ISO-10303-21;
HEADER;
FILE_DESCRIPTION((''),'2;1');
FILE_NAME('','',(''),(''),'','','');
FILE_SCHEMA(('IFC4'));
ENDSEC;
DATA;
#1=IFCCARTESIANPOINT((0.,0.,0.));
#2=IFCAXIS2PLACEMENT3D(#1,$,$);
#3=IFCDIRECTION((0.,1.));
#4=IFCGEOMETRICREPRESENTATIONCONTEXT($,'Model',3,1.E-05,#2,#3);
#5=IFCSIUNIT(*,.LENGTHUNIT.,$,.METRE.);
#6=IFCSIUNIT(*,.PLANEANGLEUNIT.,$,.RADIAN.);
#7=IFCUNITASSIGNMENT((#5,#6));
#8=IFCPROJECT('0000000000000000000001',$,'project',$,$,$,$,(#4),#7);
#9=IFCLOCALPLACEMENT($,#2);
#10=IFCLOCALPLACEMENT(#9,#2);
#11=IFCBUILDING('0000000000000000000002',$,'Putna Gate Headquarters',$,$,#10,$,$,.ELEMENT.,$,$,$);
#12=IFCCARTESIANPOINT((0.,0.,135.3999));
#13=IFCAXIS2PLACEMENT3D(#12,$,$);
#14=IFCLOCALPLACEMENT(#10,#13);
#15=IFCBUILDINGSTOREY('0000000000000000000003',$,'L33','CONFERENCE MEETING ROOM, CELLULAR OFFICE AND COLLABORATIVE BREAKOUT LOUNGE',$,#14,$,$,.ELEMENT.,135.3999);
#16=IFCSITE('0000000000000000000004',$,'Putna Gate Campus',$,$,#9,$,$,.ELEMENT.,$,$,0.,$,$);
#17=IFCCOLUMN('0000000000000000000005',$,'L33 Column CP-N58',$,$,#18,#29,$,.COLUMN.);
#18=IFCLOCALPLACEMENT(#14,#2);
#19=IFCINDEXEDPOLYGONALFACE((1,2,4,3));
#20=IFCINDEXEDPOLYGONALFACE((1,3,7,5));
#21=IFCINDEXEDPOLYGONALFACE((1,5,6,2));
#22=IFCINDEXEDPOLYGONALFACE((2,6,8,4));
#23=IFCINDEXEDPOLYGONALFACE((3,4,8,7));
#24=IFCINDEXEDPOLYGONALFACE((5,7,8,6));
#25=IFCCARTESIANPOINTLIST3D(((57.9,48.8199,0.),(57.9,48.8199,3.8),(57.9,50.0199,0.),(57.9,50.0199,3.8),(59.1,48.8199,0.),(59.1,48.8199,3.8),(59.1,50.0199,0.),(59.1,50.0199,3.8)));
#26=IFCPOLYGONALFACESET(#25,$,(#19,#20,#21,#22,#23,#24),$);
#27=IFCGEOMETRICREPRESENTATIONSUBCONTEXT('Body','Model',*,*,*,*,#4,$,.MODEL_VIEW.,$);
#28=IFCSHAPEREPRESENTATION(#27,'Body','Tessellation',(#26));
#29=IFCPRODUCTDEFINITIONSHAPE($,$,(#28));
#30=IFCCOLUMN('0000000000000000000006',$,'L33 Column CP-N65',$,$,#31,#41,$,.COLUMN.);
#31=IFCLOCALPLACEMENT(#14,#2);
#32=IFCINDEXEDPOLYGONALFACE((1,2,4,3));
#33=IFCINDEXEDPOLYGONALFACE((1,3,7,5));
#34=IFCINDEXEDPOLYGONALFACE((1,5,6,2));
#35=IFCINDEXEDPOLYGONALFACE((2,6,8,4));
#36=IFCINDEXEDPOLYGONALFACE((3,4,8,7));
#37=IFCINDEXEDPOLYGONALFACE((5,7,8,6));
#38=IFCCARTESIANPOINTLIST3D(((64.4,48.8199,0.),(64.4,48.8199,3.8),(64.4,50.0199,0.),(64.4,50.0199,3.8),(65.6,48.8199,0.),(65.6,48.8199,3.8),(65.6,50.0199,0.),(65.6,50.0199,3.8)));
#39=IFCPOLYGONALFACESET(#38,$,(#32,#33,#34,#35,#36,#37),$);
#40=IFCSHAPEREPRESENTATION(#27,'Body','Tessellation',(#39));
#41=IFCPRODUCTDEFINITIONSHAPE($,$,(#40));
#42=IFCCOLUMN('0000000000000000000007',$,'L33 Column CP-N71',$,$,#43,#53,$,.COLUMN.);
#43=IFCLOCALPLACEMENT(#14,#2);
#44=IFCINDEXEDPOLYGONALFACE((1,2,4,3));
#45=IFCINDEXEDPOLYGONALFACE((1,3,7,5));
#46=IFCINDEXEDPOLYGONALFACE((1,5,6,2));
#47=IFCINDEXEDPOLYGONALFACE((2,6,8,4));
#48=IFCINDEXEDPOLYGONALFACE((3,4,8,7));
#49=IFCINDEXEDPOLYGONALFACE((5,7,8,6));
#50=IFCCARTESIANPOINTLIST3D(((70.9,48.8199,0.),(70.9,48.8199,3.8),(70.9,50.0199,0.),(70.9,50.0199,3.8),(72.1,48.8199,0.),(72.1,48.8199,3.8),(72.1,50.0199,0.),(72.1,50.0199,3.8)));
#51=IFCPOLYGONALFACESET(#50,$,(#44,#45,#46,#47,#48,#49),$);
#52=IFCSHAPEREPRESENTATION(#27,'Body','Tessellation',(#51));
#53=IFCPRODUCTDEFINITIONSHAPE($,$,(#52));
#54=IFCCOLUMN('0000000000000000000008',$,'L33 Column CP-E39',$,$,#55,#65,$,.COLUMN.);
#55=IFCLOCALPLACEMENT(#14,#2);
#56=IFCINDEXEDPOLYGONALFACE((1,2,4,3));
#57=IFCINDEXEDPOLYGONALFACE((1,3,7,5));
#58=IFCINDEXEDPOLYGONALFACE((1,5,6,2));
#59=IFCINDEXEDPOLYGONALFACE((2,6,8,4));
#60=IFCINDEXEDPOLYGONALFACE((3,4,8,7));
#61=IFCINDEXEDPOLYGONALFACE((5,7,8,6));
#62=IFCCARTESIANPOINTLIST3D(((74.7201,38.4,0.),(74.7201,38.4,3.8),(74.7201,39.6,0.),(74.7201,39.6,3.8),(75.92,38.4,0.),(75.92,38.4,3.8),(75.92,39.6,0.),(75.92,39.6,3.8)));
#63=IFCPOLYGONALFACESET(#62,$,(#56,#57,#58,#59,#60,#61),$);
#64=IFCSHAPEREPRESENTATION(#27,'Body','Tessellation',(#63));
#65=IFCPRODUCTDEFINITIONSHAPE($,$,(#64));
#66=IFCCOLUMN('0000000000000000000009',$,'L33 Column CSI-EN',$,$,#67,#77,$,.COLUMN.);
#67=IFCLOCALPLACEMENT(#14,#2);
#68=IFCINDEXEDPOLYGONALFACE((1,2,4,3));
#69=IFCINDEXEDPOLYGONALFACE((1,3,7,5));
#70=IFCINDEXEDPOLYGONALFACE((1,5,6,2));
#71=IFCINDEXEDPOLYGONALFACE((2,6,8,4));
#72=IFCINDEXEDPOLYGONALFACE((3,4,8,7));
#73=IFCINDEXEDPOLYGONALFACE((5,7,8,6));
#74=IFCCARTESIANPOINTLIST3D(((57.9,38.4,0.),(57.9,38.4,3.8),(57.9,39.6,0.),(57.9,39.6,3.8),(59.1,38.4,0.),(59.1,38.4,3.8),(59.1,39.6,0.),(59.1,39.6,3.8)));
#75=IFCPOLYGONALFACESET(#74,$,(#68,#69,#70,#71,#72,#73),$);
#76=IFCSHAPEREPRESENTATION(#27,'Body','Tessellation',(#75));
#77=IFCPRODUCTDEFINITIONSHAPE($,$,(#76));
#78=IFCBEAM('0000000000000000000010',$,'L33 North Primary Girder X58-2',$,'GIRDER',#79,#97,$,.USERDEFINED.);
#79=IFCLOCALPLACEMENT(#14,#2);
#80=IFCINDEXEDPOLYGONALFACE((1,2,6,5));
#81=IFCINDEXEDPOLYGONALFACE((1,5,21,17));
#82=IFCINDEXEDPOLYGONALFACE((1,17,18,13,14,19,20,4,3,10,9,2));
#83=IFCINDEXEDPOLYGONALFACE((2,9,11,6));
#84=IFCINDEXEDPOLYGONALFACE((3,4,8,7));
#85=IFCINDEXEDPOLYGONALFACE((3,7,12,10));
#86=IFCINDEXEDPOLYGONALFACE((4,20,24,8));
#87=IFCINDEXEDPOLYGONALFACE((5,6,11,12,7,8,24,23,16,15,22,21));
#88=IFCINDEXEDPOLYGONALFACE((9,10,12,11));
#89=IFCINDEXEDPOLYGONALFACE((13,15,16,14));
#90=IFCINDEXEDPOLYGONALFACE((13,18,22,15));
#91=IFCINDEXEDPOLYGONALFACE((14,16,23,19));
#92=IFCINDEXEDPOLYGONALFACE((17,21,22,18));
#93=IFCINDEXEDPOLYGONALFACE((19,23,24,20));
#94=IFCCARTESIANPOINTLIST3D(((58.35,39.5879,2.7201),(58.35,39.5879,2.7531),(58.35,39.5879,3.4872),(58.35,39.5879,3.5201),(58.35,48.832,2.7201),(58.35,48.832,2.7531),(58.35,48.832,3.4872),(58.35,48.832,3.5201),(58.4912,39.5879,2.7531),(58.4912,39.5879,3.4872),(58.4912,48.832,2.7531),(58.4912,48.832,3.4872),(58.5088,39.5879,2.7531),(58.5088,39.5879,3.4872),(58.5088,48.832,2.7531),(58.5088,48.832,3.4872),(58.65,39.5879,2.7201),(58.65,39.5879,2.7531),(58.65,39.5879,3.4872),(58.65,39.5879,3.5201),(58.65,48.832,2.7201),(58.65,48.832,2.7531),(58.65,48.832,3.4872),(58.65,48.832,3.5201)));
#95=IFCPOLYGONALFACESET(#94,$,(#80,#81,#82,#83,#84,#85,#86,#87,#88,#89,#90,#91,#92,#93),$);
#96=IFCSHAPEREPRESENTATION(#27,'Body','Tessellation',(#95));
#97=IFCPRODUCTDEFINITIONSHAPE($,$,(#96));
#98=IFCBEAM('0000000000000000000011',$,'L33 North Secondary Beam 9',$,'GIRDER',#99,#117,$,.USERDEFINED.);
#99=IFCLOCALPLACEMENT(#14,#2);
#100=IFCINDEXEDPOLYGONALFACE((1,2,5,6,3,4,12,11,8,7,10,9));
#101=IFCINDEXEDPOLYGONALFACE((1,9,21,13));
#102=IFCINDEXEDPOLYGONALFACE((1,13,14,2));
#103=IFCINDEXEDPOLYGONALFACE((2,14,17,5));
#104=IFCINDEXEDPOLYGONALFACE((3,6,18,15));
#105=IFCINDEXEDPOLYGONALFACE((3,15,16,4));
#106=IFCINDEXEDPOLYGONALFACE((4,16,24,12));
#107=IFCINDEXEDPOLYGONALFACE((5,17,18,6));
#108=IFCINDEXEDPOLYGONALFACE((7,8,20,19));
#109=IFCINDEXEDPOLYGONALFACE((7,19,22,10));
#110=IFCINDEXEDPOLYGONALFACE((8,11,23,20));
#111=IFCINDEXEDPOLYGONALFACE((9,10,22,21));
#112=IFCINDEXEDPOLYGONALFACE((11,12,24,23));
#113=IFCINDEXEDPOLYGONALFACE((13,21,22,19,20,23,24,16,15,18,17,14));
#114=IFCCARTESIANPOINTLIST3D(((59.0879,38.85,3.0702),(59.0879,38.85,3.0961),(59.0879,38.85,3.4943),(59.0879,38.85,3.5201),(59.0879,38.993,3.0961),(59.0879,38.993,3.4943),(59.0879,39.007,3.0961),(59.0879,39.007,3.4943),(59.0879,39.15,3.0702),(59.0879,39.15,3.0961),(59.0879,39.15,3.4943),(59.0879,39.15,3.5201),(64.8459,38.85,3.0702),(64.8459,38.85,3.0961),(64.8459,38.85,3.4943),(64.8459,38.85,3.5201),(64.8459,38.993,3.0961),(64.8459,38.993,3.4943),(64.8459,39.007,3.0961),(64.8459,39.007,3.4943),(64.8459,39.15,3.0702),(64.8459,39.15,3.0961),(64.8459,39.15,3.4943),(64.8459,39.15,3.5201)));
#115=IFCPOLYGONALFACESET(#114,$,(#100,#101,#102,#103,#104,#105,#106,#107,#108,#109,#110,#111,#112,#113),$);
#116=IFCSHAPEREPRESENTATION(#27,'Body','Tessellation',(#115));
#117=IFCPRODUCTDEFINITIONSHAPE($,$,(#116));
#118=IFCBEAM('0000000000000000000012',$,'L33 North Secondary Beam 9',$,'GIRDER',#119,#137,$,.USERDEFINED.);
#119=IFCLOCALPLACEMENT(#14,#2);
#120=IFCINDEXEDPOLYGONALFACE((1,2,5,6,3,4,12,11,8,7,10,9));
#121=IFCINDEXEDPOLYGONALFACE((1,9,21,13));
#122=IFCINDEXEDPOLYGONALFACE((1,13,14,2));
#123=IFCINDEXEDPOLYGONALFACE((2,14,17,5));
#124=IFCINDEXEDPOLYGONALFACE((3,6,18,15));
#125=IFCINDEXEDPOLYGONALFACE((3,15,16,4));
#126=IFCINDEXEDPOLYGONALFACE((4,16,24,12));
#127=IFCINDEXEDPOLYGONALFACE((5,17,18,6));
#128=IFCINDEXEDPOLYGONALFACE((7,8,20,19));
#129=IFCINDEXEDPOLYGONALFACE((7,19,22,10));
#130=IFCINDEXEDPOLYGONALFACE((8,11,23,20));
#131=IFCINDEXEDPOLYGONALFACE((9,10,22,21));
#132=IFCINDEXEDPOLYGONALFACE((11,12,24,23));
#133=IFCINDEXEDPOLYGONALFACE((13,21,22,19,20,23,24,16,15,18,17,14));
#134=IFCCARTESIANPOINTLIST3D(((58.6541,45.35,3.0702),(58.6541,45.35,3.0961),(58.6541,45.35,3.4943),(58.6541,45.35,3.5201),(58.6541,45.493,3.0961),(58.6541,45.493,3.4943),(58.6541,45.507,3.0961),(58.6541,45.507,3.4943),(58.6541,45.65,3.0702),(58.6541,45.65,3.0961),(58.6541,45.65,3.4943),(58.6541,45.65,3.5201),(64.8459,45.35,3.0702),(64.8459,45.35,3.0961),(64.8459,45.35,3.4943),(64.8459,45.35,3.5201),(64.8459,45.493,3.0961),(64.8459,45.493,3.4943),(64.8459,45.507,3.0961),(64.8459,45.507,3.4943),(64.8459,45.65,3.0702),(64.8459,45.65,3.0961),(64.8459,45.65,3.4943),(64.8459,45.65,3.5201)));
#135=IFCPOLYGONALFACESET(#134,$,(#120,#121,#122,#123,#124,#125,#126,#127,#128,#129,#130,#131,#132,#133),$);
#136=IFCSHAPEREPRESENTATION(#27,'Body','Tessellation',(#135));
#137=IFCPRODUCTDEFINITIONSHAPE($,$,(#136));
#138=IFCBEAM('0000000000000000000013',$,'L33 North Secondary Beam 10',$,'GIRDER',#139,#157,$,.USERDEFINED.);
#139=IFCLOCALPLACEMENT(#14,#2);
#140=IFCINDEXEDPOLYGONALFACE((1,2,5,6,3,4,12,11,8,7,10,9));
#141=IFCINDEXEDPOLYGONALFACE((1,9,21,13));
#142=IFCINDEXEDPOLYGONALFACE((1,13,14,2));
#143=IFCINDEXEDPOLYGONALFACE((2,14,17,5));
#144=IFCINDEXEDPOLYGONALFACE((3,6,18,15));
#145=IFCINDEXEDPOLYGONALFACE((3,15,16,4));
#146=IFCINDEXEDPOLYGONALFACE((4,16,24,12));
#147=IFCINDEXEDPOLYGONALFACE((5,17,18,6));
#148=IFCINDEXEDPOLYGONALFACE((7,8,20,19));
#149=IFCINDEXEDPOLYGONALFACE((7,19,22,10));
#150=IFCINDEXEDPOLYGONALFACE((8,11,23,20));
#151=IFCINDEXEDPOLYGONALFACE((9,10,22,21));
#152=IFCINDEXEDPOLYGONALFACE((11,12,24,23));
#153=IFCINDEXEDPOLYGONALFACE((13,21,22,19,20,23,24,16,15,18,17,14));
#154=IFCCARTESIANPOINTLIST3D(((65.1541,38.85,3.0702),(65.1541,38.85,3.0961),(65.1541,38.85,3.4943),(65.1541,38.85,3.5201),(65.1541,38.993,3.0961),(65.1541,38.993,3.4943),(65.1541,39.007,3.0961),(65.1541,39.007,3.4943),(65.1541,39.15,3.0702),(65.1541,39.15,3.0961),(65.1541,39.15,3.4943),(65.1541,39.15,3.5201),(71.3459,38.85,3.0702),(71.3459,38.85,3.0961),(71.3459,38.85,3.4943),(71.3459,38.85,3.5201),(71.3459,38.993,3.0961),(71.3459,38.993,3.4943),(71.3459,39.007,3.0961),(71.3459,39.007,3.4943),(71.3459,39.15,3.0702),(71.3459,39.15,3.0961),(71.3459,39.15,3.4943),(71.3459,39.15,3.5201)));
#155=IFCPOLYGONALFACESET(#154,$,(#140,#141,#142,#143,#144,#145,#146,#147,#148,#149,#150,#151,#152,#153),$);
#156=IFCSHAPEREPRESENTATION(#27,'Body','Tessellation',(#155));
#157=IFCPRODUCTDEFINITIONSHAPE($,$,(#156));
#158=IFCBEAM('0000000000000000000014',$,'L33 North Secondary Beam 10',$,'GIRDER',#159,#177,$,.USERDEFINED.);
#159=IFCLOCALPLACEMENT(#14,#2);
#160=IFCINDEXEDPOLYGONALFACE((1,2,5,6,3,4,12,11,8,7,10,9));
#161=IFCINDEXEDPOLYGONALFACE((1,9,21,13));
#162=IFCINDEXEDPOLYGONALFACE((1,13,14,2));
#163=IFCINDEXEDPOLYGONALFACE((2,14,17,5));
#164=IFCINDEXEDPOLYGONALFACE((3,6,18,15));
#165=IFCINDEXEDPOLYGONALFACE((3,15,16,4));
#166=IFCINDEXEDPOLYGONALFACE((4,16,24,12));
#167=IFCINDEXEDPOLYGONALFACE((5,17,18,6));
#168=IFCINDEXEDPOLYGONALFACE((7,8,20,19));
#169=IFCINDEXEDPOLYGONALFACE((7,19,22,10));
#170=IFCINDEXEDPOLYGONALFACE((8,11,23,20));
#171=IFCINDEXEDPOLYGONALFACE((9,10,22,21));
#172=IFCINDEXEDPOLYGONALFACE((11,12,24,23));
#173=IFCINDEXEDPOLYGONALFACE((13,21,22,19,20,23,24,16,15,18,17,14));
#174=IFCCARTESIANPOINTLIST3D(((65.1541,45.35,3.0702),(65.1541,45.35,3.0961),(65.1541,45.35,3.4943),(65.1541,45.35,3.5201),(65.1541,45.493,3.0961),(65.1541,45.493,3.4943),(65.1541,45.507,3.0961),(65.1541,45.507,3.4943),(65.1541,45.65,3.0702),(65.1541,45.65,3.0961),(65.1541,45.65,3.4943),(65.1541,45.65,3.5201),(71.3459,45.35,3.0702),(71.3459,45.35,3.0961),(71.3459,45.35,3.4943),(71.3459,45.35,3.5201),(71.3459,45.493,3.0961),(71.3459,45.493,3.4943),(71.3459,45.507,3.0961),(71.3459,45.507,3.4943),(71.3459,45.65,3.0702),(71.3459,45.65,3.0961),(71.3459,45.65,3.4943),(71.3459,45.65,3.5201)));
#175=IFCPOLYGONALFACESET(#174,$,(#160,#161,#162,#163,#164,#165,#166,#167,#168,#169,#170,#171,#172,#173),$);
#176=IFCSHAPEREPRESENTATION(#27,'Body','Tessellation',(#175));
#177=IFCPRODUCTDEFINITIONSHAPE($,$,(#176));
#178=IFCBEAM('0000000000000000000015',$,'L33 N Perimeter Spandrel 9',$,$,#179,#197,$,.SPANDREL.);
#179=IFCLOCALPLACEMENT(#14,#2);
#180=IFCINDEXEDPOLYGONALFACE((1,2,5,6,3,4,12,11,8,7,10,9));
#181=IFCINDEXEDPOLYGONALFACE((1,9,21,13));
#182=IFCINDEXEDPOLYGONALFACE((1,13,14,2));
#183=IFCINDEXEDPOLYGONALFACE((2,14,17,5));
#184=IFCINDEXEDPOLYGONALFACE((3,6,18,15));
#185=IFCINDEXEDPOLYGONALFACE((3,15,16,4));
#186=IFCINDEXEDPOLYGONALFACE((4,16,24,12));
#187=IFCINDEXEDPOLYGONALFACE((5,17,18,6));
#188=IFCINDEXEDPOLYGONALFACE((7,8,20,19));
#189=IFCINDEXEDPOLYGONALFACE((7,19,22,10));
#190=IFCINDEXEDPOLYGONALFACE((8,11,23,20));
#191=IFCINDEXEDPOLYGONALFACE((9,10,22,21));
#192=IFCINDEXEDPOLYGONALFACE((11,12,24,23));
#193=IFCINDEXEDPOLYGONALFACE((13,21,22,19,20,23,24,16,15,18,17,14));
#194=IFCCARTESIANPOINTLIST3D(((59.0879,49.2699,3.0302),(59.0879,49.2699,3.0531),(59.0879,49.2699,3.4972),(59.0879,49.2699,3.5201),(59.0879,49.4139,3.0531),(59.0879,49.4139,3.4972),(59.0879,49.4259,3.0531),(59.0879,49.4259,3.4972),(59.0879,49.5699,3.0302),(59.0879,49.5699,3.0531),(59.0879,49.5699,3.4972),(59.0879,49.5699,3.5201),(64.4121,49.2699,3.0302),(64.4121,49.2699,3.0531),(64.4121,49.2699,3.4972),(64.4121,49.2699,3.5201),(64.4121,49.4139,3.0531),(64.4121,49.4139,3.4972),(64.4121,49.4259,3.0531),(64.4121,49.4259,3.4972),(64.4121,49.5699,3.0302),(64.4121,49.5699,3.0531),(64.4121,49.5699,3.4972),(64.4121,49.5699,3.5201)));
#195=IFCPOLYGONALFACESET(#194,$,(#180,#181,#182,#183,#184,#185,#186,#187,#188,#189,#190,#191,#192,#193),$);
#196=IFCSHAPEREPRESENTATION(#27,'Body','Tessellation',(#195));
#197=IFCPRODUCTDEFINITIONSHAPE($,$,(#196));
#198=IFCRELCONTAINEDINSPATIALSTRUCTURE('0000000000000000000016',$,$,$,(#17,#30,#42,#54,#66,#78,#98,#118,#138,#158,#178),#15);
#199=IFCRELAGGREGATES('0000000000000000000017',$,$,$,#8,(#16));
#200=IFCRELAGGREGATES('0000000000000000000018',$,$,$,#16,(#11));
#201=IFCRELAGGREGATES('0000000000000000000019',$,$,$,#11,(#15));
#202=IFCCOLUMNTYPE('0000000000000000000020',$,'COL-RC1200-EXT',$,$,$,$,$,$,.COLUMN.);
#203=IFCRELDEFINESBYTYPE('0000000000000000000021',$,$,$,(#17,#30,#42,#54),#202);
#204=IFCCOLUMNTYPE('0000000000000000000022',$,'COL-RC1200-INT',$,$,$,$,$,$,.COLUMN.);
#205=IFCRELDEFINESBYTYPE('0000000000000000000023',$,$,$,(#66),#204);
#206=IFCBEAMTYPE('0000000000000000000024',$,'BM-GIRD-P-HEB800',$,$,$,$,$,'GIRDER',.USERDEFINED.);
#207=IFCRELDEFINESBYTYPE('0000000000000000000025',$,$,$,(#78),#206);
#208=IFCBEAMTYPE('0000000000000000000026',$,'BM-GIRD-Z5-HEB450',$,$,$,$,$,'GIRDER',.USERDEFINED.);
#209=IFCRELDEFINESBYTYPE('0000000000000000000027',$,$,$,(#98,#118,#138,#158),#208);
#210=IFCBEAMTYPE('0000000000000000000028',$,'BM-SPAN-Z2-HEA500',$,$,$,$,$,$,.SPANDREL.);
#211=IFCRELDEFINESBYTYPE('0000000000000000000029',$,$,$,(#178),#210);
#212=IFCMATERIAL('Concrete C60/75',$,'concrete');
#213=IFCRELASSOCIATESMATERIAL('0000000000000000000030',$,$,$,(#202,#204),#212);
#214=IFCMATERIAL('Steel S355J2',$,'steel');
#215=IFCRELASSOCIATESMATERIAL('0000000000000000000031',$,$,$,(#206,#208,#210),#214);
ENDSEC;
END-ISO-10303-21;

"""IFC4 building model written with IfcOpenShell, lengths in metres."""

from ifc_helpers import new_model, si_unit, direction, frame, origin, origin_2d, place, context, subcontext, project, spatial, rectangle, i_section, extrude, material, material_profile, profile_set, type_object, element, save


model = new_model("IFC4")

# Units and contexts
model_context = context("Model", 3, precision=1e-05, world=origin(), true_north=direction((0.0, 1.0)))
body_context = subcontext(model_context, "Body", "Model", "MODEL_VIEW")
ifc_project = project(units=[si_unit("LENGTHUNIT", "METRE"), si_unit("PLANEANGLEUNIT", "RADIAN")], contexts=[model_context])

# Site, building, storey
site_placement = place(None, origin())
site = spatial("IfcSite", under=ifc_project, at=site_placement, Name="Putna Gate Campus", CompositionType="ELEMENT", RefElevation=0.0)
building_placement = place(site_placement, origin())
building = spatial("IfcBuilding", under=site, at=building_placement, Name="Putna Gate Headquarters", CompositionType="ELEMENT")
storey_placement = place(building_placement, frame((0.0, 0.0, 135.3999)))
storey = spatial("IfcBuildingStorey", under=building, at=storey_placement, Name="L33", Description="CONFERENCE MEETING ROOM, CELLULAR OFFICE AND COLLABORATIVE BREAKOUT LOUNGE", CompositionType="ELEMENT", Elevation=135.3999)

# Columns
ifc_material_1 = material(Name="Concrete C60/75", Category="concrete")
ifc_material_profile_1 = material_profile(ifc_material_1, rectangle(XDim=1.2, YDim=1.2, at=origin_2d()), Name="Concrete C60/75")
ifc_profile_set_1 = profile_set([ifc_material_profile_1], Name="Concrete C60/75")
column_type_1 = type_object("IfcColumnType", Name="COL-RC1200-EXT", PredefinedType="COLUMN", material=ifc_profile_set_1)
for number, where, z_axis, x_axis, name in (
    (1, (58.5, 49.4199, 0.0), (0.0, 0.0, 1.0), (1.0, 0.0, 0.0), "L33 Column CP-N58"),
    (2, (65.0, 49.4199, 0.0), (0.0, 0.0, 1.0), (1.0, 0.0, 0.0), "L33 Column CP-N65"),
    (3, (71.5, 49.4199, 0.0), (0.0, 0.0, 1.0), (1.0, 0.0, 0.0), "L33 Column CP-N71"),
    (4, (75.3201, 39.0, 0.0), (0.0, 0.0, 1.0), (1.0, 0.0, 0.0), "L33 Column CP-E39"),
):
    element("IfcColumn", number, at=place(storey_placement, frame(where, z_axis=z_axis, x_axis=x_axis)), inside=storey, type_object=column_type_1, Name=name, PredefinedType="COLUMN", context=body_context, shape_type="SweptSolid", body=[
        extrude(rectangle(XDim=1.2, YDim=1.2, at=origin_2d()), origin(), (0.0, 0.0, 1.0), 3.8),
    ])
ifc_material_profile_2 = material_profile(ifc_material_1, rectangle(XDim=1.2, YDim=1.2, at=origin_2d()), Name="Concrete C60/75")
ifc_profile_set_2 = profile_set([ifc_material_profile_2], Name="Concrete C60/75")
column_type_2 = type_object("IfcColumnType", Name="COL-RC1200-INT", PredefinedType="COLUMN", material=ifc_profile_set_2)
column_placement = place(storey_placement, frame((58.5, 39.0, 0.0), z_axis=(0.0, 0.0, 1.0), x_axis=(1.0, 0.0, 0.0)))
element("IfcColumn", 5, at=column_placement, inside=storey, type_object=column_type_2, Name="L33 Column CSI-EN", PredefinedType="COLUMN", context=body_context, shape_type="SweptSolid", body=[
    extrude(rectangle(XDim=1.2, YDim=1.2, at=origin_2d()), origin(), (0.0, 0.0, 1.0), 3.8),
])

# Beams
ifc_material_2 = material(Name="Steel S355J2", Category="steel")
ifc_material_profile_3 = material_profile(ifc_material_2, i_section(OverallWidth=0.3, OverallDepth=0.8, WebThickness=0.0176, FlangeThickness=0.033, at=origin_2d()), Name="Steel S355J2")
ifc_profile_set_3 = profile_set([ifc_material_profile_3], Name="Steel S355J2")
beam_type_1 = type_object("IfcBeamType", Name="BM-GIRD-P-HEB800", ElementType="GIRDER", PredefinedType="USERDEFINED", material=ifc_profile_set_3)
beam_1_placement = place(storey_placement, frame((58.5, 39.5879, 3.1201), z_axis=(0.0, 1.0, 0.0), x_axis=(-1.0, 0.0, 0.0)))
element("IfcBeam", 6, at=beam_1_placement, inside=storey, type_object=beam_type_1, Name="L33 North Primary Girder X58-2", ObjectType="GIRDER", PredefinedType="USERDEFINED", context=body_context, shape_type="SweptSolid", body=[
    extrude(i_section(OverallWidth=0.3, OverallDepth=0.8, WebThickness=0.0176, FlangeThickness=0.033, at=origin_2d()), origin(), (0.0, 0.0, 1.0), 9.2441),
])
ifc_material_profile_4 = material_profile(ifc_material_2, i_section(OverallWidth=0.3, OverallDepth=0.45, WebThickness=0.0139, FlangeThickness=0.0259, at=origin_2d()), Name="Steel S355J2")
ifc_profile_set_4 = profile_set([ifc_material_profile_4], Name="Steel S355J2")
beam_type_2 = type_object("IfcBeamType", Name="BM-GIRD-Z5-HEB450", ElementType="GIRDER", PredefinedType="USERDEFINED", material=ifc_profile_set_4)
beam_2_placement = place(storey_placement, frame((59.0879, 39.0, 3.2952), z_axis=(1.0, 0.0, 0.0), x_axis=(0.0, 1.0, 0.0)))
element("IfcBeam", 7, at=beam_2_placement, inside=storey, type_object=beam_type_2, Name="L33 North Secondary Beam 9", ObjectType="GIRDER", PredefinedType="USERDEFINED", context=body_context, shape_type="SweptSolid", body=[
    extrude(i_section(OverallWidth=0.3, OverallDepth=0.45, WebThickness=0.0139, FlangeThickness=0.0259, at=origin_2d()), origin(), (0.0, 0.0, 1.0), 5.7581),
])
for number, where, z_axis, x_axis, name in (
    (8, (58.6541, 45.5, 3.2952), (1.0, 0.0, 0.0), (0.0, 1.0, 0.0), "L33 North Secondary Beam 9"),
    (9, (65.1541, 39.0, 3.2952), (1.0, 0.0, 0.0), (0.0, 1.0, 0.0), "L33 North Secondary Beam 10"),
    (10, (65.1541, 45.5, 3.2952), (1.0, 0.0, 0.0), (0.0, 1.0, 0.0), "L33 North Secondary Beam 10"),
):
    element("IfcBeam", number, at=place(storey_placement, frame(where, z_axis=z_axis, x_axis=x_axis)), inside=storey, type_object=beam_type_2, Name=name, ObjectType="GIRDER", PredefinedType="USERDEFINED", context=body_context, shape_type="SweptSolid", body=[
        extrude(i_section(OverallWidth=0.3, OverallDepth=0.45, WebThickness=0.0139, FlangeThickness=0.0259, at=origin_2d()), origin(), (0.0, 0.0, 1.0), 6.1919),
    ])
ifc_material_profile_5 = material_profile(ifc_material_2, i_section(OverallWidth=0.3, OverallDepth=0.49, WebThickness=0.012, FlangeThickness=0.0229, at=origin_2d()), Name="Steel S355J2")
ifc_profile_set_5 = profile_set([ifc_material_profile_5], Name="Steel S355J2")
beam_type_3 = type_object("IfcBeamType", Name="BM-SPAN-Z2-HEA500", PredefinedType="SPANDREL", material=ifc_profile_set_5)
for number, where, z_axis, x_axis, name in (
    (11, (59.0879, 49.4199, 3.2751), (1.0, 0.0, 0.0), (0.0, 1.0, 0.0), "L33 N Perimeter Spandrel 9"),
):
    element("IfcBeam", number, at=place(storey_placement, frame(where, z_axis=z_axis, x_axis=x_axis)), inside=storey, type_object=beam_type_3, Name=name, PredefinedType="SPANDREL", context=body_context, shape_type="SweptSolid", body=[
        extrude(i_section(OverallWidth=0.3, OverallDepth=0.49, WebThickness=0.012, FlangeThickness=0.0229, at=origin_2d()), origin(), (0.0, 0.0, 1.0), 5.3242),
    ])

save(model, "model.ifc")
